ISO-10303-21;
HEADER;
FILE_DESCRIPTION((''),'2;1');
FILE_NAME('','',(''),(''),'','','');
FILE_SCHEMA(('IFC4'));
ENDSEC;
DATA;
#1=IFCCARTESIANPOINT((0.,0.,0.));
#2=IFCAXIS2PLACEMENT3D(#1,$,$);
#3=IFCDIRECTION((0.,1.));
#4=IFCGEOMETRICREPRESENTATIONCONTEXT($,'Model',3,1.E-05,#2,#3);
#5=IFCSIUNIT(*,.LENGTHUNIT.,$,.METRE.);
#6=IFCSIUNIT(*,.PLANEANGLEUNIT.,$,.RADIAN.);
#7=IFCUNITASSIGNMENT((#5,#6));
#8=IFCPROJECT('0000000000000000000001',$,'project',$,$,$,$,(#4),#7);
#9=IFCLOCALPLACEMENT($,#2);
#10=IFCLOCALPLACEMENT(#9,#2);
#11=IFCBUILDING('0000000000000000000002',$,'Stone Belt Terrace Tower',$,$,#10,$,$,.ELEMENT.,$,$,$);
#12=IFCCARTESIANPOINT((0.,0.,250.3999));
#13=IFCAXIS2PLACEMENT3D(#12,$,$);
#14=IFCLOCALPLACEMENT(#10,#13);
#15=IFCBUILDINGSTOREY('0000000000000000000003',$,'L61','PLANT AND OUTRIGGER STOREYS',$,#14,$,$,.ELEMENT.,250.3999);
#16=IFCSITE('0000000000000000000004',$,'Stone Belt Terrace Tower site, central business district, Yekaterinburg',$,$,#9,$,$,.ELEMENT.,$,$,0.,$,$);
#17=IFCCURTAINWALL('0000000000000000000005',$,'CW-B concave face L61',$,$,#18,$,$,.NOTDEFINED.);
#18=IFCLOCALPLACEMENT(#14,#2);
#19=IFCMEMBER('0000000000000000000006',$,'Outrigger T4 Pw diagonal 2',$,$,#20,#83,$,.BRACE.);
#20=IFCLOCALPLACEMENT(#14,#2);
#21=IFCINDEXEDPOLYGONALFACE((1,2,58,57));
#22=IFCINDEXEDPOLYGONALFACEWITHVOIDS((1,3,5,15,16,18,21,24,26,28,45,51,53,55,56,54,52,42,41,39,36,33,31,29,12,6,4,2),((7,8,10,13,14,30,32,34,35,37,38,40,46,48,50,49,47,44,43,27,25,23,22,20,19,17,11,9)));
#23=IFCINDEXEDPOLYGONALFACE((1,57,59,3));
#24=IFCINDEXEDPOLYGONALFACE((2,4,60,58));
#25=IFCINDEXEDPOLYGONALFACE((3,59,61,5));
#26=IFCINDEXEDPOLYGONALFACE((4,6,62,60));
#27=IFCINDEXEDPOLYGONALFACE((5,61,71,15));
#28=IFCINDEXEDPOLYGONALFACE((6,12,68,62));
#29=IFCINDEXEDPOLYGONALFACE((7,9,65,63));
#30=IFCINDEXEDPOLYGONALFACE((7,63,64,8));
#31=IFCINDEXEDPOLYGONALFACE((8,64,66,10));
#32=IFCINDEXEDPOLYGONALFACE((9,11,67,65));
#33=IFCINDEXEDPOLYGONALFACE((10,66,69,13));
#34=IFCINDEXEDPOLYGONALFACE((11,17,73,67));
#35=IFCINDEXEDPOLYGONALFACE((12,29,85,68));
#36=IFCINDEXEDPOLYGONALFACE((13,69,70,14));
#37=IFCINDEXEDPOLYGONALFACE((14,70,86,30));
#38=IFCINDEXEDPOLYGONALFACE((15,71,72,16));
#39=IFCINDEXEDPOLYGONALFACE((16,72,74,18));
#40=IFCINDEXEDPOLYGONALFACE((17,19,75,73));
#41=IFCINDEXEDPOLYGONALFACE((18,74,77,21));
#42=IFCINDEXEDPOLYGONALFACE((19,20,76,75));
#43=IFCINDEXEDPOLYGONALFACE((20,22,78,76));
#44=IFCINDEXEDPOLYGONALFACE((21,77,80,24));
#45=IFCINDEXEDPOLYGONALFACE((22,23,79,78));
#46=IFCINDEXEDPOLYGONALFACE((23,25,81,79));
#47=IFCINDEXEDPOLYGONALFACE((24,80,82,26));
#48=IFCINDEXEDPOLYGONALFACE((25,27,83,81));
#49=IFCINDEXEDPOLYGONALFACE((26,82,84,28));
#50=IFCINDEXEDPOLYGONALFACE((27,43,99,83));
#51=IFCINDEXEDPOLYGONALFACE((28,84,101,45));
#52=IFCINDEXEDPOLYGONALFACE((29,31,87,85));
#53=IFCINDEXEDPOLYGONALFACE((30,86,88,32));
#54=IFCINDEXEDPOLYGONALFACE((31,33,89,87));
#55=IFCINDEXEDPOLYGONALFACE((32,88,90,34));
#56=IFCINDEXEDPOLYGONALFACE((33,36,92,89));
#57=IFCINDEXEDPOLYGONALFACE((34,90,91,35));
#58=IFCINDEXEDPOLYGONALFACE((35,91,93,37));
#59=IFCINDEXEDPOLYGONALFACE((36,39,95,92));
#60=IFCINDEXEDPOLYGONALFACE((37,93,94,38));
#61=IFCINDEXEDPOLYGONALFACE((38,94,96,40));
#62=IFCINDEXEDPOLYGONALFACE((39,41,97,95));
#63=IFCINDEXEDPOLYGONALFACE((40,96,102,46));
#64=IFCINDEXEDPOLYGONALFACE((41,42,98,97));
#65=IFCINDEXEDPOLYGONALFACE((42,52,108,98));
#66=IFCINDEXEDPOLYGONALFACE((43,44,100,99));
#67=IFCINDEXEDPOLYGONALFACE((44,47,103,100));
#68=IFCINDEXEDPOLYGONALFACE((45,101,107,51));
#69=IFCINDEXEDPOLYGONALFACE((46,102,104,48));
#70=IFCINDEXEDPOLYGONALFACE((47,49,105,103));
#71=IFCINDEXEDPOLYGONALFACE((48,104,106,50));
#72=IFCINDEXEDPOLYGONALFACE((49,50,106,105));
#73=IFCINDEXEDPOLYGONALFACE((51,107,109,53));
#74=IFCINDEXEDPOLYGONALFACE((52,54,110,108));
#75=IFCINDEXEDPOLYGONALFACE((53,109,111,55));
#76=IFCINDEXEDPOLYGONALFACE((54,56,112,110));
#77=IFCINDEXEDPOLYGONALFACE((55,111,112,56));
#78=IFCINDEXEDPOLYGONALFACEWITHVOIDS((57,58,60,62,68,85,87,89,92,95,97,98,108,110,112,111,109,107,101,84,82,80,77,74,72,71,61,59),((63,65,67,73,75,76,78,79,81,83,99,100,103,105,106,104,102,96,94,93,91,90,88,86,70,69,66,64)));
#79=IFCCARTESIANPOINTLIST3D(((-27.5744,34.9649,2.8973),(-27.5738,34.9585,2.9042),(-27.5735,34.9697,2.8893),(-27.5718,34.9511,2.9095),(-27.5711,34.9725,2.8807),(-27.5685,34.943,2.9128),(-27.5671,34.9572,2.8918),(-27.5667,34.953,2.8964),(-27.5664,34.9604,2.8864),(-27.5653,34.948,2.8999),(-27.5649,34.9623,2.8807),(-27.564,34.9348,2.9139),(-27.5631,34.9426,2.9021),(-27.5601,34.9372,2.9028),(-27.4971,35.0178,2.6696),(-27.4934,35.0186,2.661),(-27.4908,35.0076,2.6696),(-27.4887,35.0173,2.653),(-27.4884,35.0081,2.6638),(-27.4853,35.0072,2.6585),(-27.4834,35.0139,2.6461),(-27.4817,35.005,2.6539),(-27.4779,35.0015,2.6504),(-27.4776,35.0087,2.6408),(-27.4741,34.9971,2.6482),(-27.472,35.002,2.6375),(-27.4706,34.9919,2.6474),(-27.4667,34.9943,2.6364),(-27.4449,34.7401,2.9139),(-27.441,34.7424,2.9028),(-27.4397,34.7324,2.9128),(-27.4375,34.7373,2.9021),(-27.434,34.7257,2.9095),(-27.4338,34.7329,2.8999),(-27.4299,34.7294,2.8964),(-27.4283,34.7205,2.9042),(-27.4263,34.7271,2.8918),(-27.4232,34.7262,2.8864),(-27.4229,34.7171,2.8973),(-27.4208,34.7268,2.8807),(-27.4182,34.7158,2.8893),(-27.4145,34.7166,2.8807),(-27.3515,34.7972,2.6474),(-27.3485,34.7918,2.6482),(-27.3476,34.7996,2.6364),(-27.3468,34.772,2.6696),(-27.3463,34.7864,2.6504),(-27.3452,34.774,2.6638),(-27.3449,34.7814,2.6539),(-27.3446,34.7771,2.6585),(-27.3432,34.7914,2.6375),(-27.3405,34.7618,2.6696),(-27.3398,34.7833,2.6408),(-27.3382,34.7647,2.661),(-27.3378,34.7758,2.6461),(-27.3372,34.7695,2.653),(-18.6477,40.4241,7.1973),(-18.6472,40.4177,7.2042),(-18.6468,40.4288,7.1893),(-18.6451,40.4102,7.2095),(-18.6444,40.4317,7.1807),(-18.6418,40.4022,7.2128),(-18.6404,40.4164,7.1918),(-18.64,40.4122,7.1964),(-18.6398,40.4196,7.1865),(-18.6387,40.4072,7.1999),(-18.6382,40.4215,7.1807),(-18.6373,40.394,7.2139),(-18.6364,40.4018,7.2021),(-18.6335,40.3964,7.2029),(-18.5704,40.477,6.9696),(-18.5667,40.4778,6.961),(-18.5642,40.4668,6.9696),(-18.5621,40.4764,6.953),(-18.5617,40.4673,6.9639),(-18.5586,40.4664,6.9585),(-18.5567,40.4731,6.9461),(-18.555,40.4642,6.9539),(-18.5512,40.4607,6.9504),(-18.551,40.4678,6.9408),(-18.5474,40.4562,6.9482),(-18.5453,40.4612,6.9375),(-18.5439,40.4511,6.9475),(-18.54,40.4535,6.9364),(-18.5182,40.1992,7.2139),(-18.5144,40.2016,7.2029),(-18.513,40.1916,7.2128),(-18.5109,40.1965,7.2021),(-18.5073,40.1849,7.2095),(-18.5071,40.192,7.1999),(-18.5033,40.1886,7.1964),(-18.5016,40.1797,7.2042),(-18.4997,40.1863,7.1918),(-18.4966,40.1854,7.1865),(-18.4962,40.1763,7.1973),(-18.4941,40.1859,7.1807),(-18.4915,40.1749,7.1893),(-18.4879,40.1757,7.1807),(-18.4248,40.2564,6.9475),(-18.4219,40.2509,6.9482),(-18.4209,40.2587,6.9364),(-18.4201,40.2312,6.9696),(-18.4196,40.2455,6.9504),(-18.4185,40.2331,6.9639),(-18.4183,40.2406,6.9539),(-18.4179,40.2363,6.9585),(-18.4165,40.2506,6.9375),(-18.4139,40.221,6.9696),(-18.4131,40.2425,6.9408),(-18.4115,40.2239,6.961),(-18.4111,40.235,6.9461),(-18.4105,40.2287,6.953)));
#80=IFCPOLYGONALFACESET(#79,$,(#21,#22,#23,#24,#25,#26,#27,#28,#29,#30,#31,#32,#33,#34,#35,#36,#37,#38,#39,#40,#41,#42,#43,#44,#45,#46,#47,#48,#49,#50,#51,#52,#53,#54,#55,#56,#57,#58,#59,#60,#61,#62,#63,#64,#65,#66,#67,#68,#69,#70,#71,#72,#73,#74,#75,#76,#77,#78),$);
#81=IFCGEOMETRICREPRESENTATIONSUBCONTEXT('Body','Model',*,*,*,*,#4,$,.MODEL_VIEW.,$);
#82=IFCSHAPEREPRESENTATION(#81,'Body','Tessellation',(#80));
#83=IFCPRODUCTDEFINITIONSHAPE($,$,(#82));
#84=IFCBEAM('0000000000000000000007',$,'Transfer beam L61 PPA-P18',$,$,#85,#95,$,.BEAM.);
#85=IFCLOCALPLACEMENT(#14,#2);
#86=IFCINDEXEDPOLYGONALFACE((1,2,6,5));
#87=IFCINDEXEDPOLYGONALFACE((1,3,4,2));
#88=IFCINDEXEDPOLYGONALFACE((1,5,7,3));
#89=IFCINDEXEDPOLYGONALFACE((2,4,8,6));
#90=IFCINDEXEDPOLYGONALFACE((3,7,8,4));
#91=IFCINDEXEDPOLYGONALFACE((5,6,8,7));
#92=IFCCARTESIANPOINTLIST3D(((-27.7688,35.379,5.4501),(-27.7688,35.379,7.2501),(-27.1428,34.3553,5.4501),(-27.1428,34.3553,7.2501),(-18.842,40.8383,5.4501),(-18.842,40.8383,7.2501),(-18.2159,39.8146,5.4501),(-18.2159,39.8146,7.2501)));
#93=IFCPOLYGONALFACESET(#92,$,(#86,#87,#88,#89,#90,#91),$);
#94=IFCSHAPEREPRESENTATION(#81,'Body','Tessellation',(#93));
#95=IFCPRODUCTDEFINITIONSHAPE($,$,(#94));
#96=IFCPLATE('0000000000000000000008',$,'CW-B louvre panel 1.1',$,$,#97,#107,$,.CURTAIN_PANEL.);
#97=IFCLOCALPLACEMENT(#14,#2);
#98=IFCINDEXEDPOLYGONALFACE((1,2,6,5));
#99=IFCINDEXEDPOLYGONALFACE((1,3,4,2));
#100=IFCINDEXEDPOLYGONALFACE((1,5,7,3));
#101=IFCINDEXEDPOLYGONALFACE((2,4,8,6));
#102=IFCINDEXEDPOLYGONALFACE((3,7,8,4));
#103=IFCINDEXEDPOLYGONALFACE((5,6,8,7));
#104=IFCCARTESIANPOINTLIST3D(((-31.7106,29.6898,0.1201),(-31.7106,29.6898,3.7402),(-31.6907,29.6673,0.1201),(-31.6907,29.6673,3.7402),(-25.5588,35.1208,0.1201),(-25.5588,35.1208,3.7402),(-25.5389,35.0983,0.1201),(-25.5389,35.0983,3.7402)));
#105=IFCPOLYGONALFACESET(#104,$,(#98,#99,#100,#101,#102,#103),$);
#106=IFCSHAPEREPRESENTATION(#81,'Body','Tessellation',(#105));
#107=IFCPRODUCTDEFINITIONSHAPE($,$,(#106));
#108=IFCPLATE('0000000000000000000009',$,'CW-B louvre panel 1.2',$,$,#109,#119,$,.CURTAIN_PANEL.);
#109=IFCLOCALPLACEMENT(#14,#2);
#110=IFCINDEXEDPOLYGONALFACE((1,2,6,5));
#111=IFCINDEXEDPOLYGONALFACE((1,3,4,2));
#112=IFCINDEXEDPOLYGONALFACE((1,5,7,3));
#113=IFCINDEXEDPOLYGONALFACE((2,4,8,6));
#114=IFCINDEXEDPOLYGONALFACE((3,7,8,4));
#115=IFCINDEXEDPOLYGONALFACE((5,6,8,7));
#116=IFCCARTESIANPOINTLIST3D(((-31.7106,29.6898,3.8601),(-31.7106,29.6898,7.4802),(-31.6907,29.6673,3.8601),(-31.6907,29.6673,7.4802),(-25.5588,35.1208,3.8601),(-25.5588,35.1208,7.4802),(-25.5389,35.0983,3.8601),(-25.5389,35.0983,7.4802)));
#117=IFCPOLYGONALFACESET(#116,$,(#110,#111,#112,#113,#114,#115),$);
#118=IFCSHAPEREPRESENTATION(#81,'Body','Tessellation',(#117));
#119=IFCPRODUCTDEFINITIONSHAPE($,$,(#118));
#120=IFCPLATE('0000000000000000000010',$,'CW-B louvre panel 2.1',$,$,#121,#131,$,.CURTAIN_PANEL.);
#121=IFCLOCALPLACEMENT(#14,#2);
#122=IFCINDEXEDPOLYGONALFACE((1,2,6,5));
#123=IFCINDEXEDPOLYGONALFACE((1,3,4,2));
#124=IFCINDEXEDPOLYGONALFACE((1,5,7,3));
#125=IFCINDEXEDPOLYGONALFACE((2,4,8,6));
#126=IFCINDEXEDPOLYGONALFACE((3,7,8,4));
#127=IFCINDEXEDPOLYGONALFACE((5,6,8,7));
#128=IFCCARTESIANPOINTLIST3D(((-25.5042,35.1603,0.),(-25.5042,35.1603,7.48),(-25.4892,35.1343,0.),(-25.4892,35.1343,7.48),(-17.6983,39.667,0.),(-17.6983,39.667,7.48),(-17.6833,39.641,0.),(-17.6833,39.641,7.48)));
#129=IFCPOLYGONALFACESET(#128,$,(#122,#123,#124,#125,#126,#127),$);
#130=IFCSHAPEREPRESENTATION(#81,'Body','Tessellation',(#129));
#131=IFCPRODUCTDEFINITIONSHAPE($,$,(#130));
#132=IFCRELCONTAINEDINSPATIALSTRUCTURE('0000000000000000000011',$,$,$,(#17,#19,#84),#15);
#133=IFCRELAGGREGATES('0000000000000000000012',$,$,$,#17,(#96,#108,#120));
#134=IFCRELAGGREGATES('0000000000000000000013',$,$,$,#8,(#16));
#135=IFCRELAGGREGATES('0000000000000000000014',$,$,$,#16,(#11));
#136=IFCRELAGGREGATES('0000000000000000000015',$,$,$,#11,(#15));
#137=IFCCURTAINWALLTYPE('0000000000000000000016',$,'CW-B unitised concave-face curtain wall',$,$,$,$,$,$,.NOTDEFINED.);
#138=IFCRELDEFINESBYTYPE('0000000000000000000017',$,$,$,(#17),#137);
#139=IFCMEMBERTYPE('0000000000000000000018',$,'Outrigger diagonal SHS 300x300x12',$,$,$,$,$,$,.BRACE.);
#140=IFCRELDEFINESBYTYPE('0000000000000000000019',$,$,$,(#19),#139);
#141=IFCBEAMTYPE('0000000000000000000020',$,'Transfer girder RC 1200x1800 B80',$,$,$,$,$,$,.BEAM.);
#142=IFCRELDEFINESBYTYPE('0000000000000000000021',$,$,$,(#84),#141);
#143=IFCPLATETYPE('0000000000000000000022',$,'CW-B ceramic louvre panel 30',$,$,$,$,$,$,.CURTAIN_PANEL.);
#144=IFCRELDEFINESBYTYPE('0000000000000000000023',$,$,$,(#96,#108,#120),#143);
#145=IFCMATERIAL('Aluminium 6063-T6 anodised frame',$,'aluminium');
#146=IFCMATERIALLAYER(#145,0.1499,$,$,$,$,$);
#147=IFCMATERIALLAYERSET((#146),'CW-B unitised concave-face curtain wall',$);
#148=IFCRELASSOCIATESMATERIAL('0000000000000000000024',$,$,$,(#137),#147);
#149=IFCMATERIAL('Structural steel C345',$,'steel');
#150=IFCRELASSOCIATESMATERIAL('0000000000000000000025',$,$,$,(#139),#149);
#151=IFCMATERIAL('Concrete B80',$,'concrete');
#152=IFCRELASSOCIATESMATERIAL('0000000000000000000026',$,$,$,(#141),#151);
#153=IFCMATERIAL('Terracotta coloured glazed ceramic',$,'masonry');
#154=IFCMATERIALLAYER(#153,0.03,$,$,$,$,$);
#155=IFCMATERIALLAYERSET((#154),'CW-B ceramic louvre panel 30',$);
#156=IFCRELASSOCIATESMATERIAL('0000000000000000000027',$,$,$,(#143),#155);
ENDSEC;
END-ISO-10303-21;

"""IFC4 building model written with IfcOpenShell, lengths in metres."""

from ifc_helpers import new_model, si_unit, direction, frame, origin, origin_2d, place, context, subcontext, project, spatial, rectangle, hollow_rectangle, extrude, material, layer, layer_set, material_profile, profile_set, type_object, element, aggregate, save


model = new_model("IFC4")

# Units and contexts
model_context = context("Model", 3, precision=1e-05, world=origin(), true_north=direction((0.0, 1.0)))
body_context = subcontext(model_context, "Body", "Model", "MODEL_VIEW")
ifc_project = project(units=[si_unit("LENGTHUNIT", "METRE"), si_unit("PLANEANGLEUNIT", "RADIAN")], contexts=[model_context])

# Site, building, storey
site_placement = place(None, origin())
site = spatial("IfcSite", under=ifc_project, at=site_placement, Name="Stone Belt Terrace Tower site, central business district, Yekaterinburg", CompositionType="ELEMENT", RefElevation=0.0)
building_placement = place(site_placement, origin())
building = spatial("IfcBuilding", under=site, at=building_placement, Name="Stone Belt Terrace Tower", CompositionType="ELEMENT")
storey_placement = place(building_placement, frame((0.0, 0.0, 250.3999)))
storey = spatial("IfcBuildingStorey", under=building, at=storey_placement, Name="L61", Description="PLANT AND OUTRIGGER STOREYS", CompositionType="ELEMENT", Elevation=250.3999)

# Curtain wall
ifc_material_1 = material(Name="Aluminium 6063-T6 anodised frame", Category="aluminium")
ifc_layer_1 = layer(ifc_material_1, 0.1499)
ifc_layer_set_1 = layer_set([ifc_layer_1], Name="CW-B unitised concave-face curtain wall")
curtain_wall_type = type_object("IfcCurtainWallType", Name="CW-B unitised concave-face curtain wall", PredefinedType="NOTDEFINED", material=ifc_layer_set_1)
curtain_wall_placement = place(storey_placement, origin())
curtain_wall = element("IfcCurtainWall", 1, at=curtain_wall_placement, inside=storey, type_object=curtain_wall_type, Name="CW-B concave face L61", PredefinedType="NOTDEFINED")

# Member
ifc_material_2 = material(Name="Structural steel C345", Category="steel")
ifc_material_profile_1 = material_profile(ifc_material_2, hollow_rectangle(XDim=0.3, YDim=0.3, WallThickness=0.012, InnerFilletRadius=0.0239, OuterFilletRadius=0.0359, at=origin_2d()), Name="SHS 300x300x12")
ifc_profile_set_1 = profile_set([ifc_material_profile_1], Name="Structural steel C345")
member_type_1 = type_object("IfcMemberType", Name="Outrigger diagonal SHS 300x300x12", PredefinedType="BRACE", material=ifc_profile_set_1)
member_1_placement = place(storey_placement, frame((-27.4558, 34.8672, 2.7751), z_axis=(0.789081, 0.482569, 0.380103), x_axis=(-0.521727, 0.853112, 0.0)))
element("IfcMember", 2, at=member_1_placement, inside=storey, type_object=member_type_1, Name="Outrigger T4 Pw diagonal 2", PredefinedType="BRACE", context=body_context, shape_type="SweptSolid", body=[
    extrude(hollow_rectangle(XDim=0.3, YDim=0.3, WallThickness=0.012, InnerFilletRadius=0.0239, OuterFilletRadius=0.0359, at=origin_2d()), origin(), (0.0, 0.0, 1.0), 11.3127),
])

# Beam
ifc_material_3 = material(Name="Concrete B80", Category="concrete")
ifc_material_profile_2 = material_profile(ifc_material_3, rectangle(XDim=1.2, YDim=1.8, at=origin_2d()), Name="RC 1200x1800")
ifc_profile_set_2 = profile_set([ifc_material_profile_2], Name="Concrete B80")
beam_type_1 = type_object("IfcBeamType", Name="Transfer girder RC 1200x1800 B80", PredefinedType="BEAM", material=ifc_profile_set_2)
beam_1_placement = place(storey_placement, frame((-27.4558, 34.8672, 6.3501), z_axis=(0.853112, 0.521727, 0.0), x_axis=(-0.521727, 0.853112, 0.0)))
element("IfcBeam", 3, at=beam_1_placement, inside=storey, type_object=beam_type_1, Name="Transfer beam L61 PPA-P18", PredefinedType="BEAM", context=body_context, shape_type="SweptSolid", body=[
    extrude(rectangle(XDim=1.2, YDim=1.8, at=origin_2d()), origin(), (0.0, 0.0, 1.0), 10.4639),
])

# Plates
ifc_material_4 = material(Name="Terracotta coloured glazed ceramic", Category="masonry")
ifc_layer_2 = layer(ifc_material_4, 0.03)
ifc_layer_set_2 = layer_set([ifc_layer_2], Name="CW-B ceramic louvre panel 30")
plate_type = type_object("IfcPlateType", Name="CW-B ceramic louvre panel 30", PredefinedType="CURTAIN_PANEL", material=ifc_layer_set_2)
plate_1_placement = place(storey_placement, frame((-28.6248, 32.394, 0.1201), z_axis=(0.0, 0.0, 1.0), x_axis=(0.749659, 0.661825, 0.0)))
plate_1 = element("IfcPlate", 4, at=plate_1_placement, type_object=plate_type, Name="CW-B louvre panel 1.1", PredefinedType="CURTAIN_PANEL", context=body_context, shape_type="SweptSolid", body=[
    extrude(rectangle(XDim=8.2061, YDim=0.03, at=origin_2d()), origin(), (0.0, 0.0, 1.0), 3.6201),
])
plate_2_placement = place(storey_placement, frame((-28.6248, 32.394, 3.8601), z_axis=(0.0, 0.0, 1.0), x_axis=(0.749659, 0.661825, 0.0)))
plate_2 = element("IfcPlate", 5, at=plate_2_placement, type_object=plate_type, Name="CW-B louvre panel 1.2", PredefinedType="CURTAIN_PANEL", context=body_context, shape_type="SweptSolid", body=[
    extrude(rectangle(XDim=8.2061, YDim=0.03, at=origin_2d()), origin(), (0.0, 0.0, 1.0), 3.6201),
])
plate_3_placement = place(storey_placement, frame((-21.5938, 37.4006, 0.0), z_axis=(0.0, 0.0, 1.0), x_axis=(0.866025, 0.5, 0.0)))
plate_3 = element("IfcPlate", 6, at=plate_3_placement, type_object=plate_type, Name="CW-B louvre panel 2.1", PredefinedType="CURTAIN_PANEL", context=body_context, shape_type="SweptSolid", body=[
    extrude(rectangle(XDim=9.0134, YDim=0.03, at=origin_2d()), origin(), (0.0, 0.0, 1.0), 7.48),
])
aggregate(curtain_wall, [plate_1, plate_2, plate_3])

save(model, "model.ifc")
